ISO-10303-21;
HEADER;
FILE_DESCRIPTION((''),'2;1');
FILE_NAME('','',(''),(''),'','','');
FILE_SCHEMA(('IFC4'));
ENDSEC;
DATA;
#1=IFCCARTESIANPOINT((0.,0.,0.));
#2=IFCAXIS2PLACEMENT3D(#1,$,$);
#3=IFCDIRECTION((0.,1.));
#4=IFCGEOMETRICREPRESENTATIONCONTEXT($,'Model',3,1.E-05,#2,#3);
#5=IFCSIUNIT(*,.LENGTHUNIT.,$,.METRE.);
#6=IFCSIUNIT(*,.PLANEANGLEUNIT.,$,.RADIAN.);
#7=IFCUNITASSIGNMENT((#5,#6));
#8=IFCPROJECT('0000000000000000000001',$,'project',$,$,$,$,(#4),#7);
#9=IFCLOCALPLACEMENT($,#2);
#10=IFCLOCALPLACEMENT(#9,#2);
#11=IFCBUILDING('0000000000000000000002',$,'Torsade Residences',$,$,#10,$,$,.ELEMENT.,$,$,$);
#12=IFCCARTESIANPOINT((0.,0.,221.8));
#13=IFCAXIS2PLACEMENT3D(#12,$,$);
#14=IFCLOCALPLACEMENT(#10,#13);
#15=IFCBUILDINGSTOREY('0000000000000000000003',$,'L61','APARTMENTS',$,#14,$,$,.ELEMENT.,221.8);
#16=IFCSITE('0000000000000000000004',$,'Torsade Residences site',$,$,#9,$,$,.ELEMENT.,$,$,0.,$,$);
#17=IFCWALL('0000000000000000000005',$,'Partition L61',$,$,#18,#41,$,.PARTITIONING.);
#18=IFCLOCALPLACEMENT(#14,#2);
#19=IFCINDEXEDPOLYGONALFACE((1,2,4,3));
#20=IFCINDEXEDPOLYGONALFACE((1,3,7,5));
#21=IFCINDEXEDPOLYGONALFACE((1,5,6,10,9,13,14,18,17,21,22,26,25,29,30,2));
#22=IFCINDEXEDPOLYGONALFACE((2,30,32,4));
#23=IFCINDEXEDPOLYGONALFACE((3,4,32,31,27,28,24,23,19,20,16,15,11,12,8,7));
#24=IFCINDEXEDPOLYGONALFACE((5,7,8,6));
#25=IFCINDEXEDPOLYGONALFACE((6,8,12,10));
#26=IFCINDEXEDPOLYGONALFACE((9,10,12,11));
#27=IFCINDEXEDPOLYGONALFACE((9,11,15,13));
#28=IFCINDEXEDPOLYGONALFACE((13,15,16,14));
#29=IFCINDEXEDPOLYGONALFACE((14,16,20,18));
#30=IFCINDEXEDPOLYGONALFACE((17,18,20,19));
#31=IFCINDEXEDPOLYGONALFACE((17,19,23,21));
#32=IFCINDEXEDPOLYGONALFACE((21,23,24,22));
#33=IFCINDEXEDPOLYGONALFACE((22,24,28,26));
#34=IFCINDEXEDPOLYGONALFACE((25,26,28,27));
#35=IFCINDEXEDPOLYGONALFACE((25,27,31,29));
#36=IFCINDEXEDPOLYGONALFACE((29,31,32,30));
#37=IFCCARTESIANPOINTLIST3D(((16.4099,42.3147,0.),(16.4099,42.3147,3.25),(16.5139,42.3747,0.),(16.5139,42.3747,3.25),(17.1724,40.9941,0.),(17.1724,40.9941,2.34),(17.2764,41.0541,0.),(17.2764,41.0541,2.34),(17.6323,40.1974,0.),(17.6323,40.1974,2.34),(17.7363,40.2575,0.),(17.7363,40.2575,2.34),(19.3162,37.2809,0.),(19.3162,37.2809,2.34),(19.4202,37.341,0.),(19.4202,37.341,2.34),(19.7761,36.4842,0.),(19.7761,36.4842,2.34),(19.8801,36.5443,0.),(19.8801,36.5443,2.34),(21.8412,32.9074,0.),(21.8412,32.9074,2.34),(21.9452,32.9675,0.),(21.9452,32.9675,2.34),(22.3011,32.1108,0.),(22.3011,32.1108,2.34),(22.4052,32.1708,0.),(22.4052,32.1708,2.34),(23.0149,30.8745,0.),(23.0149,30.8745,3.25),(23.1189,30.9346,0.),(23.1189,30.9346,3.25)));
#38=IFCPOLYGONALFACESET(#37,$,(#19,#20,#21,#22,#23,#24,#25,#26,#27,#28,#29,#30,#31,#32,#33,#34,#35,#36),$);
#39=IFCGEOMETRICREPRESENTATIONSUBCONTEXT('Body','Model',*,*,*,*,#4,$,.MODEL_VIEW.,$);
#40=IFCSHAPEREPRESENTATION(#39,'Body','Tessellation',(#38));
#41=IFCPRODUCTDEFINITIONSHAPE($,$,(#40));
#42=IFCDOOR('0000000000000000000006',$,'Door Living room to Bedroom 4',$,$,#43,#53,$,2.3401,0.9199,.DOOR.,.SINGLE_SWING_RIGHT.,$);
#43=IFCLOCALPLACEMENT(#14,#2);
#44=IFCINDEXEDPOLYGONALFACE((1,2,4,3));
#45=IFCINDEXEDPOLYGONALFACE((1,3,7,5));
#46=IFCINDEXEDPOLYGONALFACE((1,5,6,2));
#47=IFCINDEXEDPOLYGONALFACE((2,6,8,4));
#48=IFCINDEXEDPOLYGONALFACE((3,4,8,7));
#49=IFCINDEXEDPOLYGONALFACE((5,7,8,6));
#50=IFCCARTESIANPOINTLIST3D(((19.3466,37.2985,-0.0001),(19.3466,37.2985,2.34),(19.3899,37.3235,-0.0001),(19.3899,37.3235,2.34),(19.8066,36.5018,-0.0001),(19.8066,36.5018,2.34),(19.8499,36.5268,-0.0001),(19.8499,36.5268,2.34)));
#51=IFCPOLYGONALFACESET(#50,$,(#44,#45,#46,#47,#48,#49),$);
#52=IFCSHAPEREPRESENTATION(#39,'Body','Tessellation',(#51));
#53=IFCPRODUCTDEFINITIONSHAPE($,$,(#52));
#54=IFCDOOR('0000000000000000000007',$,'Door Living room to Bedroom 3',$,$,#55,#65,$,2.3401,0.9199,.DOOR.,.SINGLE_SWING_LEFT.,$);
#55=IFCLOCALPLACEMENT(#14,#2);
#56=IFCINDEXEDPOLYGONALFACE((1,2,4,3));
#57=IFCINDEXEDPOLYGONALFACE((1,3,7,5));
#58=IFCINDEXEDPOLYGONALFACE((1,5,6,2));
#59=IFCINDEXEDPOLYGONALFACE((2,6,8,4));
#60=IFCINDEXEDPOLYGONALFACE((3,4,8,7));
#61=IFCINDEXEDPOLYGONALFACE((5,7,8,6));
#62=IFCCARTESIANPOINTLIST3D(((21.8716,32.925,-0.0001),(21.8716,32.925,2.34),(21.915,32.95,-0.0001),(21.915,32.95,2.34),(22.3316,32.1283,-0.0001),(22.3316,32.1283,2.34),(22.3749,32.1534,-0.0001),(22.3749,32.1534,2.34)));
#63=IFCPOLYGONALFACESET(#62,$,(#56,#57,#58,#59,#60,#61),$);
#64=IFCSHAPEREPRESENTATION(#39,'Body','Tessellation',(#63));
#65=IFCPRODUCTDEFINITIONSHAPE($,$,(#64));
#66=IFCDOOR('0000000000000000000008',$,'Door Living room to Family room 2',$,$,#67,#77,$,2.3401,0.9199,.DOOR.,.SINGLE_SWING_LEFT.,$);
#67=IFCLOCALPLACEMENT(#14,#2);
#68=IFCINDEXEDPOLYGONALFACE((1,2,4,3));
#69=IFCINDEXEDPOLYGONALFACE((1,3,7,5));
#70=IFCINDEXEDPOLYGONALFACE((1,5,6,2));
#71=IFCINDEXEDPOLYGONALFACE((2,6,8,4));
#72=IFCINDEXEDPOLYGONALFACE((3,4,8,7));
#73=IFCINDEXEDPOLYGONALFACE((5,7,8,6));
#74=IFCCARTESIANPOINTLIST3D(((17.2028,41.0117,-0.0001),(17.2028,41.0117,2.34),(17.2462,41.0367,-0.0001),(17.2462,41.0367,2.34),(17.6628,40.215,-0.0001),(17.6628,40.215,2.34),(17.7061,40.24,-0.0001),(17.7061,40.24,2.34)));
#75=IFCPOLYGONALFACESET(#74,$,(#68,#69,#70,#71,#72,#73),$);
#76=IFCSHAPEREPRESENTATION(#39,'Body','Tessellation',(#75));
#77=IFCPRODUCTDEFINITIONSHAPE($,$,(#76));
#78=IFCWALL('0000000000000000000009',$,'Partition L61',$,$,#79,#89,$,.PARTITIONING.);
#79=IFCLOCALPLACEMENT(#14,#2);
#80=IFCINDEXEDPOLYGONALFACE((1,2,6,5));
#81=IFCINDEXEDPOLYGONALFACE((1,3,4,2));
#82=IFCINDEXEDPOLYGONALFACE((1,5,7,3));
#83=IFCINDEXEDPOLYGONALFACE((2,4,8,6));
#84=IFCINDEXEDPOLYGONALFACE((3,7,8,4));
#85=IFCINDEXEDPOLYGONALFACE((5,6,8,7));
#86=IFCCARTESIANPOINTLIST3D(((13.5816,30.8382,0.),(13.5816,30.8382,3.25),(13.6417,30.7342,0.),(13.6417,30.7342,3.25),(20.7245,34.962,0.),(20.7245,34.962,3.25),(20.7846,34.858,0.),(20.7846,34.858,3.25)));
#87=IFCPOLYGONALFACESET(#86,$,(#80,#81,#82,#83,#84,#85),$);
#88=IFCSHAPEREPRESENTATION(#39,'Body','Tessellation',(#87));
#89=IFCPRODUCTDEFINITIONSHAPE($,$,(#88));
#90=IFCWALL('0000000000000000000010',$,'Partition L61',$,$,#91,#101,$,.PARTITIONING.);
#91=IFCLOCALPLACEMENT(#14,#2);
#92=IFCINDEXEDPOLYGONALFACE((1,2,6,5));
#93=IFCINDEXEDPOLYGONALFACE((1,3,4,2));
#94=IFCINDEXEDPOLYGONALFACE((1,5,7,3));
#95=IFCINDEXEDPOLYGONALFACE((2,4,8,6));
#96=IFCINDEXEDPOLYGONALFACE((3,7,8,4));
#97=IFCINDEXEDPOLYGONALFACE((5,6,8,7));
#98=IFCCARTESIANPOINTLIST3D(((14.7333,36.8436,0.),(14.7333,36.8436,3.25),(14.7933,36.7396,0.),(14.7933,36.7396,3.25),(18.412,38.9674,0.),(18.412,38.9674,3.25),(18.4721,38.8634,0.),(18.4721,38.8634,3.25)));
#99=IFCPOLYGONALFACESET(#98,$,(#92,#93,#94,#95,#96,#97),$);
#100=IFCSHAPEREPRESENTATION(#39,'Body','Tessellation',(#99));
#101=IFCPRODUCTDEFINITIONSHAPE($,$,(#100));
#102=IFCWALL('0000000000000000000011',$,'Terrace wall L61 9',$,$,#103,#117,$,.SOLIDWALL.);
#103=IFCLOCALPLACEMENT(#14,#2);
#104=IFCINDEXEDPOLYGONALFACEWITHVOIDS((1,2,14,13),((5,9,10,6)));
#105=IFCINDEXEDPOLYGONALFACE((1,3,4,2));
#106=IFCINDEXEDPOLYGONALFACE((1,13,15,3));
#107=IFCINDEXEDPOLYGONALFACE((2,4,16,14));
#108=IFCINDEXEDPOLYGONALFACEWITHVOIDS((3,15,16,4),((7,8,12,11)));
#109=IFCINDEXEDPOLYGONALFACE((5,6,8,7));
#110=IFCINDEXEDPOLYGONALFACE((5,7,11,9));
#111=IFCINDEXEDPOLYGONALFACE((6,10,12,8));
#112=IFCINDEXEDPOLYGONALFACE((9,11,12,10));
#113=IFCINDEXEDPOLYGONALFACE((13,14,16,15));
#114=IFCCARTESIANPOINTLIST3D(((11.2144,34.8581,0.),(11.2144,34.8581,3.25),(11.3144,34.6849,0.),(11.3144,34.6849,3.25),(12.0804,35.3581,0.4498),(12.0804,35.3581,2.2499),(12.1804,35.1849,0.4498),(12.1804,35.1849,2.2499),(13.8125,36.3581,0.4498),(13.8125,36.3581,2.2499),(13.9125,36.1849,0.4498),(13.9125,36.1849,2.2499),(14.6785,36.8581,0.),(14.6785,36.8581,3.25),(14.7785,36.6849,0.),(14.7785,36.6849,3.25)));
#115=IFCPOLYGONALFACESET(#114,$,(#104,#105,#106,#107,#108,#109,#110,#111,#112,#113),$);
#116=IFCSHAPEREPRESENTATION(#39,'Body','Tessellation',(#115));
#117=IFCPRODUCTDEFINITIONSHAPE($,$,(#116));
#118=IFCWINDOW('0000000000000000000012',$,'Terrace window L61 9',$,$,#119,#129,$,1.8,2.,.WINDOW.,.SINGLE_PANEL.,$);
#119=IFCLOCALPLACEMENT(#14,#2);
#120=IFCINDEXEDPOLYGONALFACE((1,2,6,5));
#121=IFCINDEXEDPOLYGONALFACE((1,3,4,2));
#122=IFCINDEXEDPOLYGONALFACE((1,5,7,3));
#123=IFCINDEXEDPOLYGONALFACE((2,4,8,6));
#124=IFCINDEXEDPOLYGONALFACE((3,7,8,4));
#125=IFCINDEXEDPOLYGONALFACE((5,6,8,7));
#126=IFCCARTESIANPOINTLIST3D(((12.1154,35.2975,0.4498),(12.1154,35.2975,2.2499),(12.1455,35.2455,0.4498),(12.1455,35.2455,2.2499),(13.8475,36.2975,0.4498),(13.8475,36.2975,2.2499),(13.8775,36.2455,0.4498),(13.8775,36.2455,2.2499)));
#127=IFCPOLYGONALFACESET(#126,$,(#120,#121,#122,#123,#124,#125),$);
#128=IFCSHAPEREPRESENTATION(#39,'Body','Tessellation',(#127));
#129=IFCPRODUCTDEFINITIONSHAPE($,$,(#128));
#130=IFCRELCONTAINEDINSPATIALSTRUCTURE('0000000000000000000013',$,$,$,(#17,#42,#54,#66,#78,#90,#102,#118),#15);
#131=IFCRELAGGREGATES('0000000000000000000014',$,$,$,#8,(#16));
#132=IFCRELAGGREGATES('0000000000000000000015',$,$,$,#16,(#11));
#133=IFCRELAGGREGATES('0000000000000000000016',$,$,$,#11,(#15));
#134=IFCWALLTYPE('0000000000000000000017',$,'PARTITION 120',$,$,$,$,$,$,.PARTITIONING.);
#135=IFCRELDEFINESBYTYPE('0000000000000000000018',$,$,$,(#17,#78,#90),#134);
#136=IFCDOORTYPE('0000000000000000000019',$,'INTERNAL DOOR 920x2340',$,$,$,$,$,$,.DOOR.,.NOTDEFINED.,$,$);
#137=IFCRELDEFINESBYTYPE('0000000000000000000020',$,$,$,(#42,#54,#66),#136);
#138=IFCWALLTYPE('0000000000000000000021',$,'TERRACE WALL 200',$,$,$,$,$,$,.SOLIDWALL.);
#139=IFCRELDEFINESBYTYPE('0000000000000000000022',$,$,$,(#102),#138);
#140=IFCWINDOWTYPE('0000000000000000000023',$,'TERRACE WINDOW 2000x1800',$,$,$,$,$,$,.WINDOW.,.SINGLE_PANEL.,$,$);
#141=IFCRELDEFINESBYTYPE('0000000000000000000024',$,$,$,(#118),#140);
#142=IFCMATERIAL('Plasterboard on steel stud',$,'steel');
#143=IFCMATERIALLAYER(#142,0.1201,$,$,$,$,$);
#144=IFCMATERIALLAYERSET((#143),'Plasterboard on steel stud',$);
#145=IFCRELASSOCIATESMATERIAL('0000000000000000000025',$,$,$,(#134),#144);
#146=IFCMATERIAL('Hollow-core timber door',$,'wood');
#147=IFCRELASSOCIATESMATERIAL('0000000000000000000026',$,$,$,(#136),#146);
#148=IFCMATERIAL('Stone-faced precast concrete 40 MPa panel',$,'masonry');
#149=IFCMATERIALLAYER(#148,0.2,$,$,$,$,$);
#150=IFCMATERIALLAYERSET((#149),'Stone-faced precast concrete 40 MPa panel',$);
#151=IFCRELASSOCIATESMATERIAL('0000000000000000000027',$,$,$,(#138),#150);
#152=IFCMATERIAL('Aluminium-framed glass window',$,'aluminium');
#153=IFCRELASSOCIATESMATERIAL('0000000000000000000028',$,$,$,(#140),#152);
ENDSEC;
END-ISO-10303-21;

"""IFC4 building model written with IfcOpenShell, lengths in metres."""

from ifc_helpers import new_model, si_unit, direction, frame, frame_2d, origin, place, context, subcontext, project, spatial, rectangle, extrude, material, layer, layer_set, type_object, element, fill, save


model = new_model("IFC4")

# Units and contexts
model_context = context("Model", 3, precision=1e-05, world=origin(), true_north=direction((0.0, 1.0)))
body_context = subcontext(model_context, "Body", "Model", "MODEL_VIEW")
ifc_project = project(units=[si_unit("LENGTHUNIT", "METRE"), si_unit("PLANEANGLEUNIT", "RADIAN")], contexts=[model_context])

# Site, building, storey
site_placement = place(None, origin())
site = spatial("IfcSite", under=ifc_project, at=site_placement, Name="Torsade Residences site", CompositionType="ELEMENT", RefElevation=0.0)
building_placement = place(site_placement, origin())
building = spatial("IfcBuilding", under=site, at=building_placement, Name="Torsade Residences", CompositionType="ELEMENT")
storey_placement = place(building_placement, frame((0.0, 0.0, 221.8)))
storey = spatial("IfcBuildingStorey", under=building, at=storey_placement, Name="L61", Description="APARTMENTS", CompositionType="ELEMENT", Elevation=221.8)

# Wall, openings, doors
ifc_material_1 = material(Name="Plasterboard on steel stud", Category="steel")
ifc_layer_1 = layer(ifc_material_1, 0.1201)
ifc_layer_set_1 = layer_set([ifc_layer_1], Name="Plasterboard on steel stud")
wall_type_1 = type_object("IfcWallType", Name="PARTITION 120", PredefinedType="PARTITIONING", material=ifc_layer_set_1)
wall_1_placement = place(storey_placement, frame((23.0669, 30.9045, 0.0), z_axis=(0.0, 0.0, 1.0), x_axis=(-0.499999, 0.866026, 0.0)))
wall_1 = element("IfcWall", 1, at=wall_1_placement, inside=storey, type_object=wall_type_1, Name="Partition L61", PredefinedType="PARTITIONING", context=body_context, shape_type="SweptSolid", body=[
    extrude(rectangle(XDim=13.21, YDim=0.1201, at=frame_2d((6.605, 0.0))), origin(), (0.0, 0.0, 1.0), 3.25),
])
opening_1_placement = place(wall_1_placement, frame((6.4775, 0.0, 0.0)))
opening_1 = element("IfcOpeningElement", 2, at=opening_1_placement, cuts=wall_1, PredefinedType="OPENING", context=body_context, shape_type="SweptSolid", body=[
    extrude(rectangle(XDim=0.9199, YDim=2.3401, at=frame_2d((0.46, 1.1699))), frame((0.0, 0.0701, 0.0), z_axis=(0.0, -1.0, 0.0), x_axis=(1.0, 0.0, 0.0)), (0.0, 0.0, 1.0), 0.1401),
])
opening_2_placement = place(wall_1_placement, frame((1.4275, 0.0, 0.0)))
opening_2 = element("IfcOpeningElement", 3, at=opening_2_placement, cuts=wall_1, PredefinedType="OPENING", context=body_context, shape_type="SweptSolid", body=[
    extrude(rectangle(XDim=0.9199, YDim=2.3401, at=frame_2d((0.46, 1.1699))), frame((0.0, 0.0701, 0.0), z_axis=(0.0, -1.0, 0.0), x_axis=(1.0, 0.0, 0.0)), (0.0, 0.0, 1.0), 0.1401),
])
opening_3_placement = place(wall_1_placement, frame((10.7651, 0.0, 0.0)))
opening_3 = element("IfcOpeningElement", 4, at=opening_3_placement, cuts=wall_1, PredefinedType="OPENING", context=body_context, shape_type="SweptSolid", body=[
    extrude(rectangle(XDim=0.9199, YDim=2.3401, at=frame_2d((0.46, 1.1699))), frame((0.0, 0.0701, 0.0), z_axis=(0.0, -1.0, 0.0), x_axis=(1.0, 0.0, 0.0)), (0.0, 0.0, 1.0), 0.1401),
])
ifc_material_2 = material(Name="Hollow-core timber door", Category="wood")
door_type = type_object("IfcDoorType", Name="INTERNAL DOOR 920x2340", OperationType="NOTDEFINED", PredefinedType="DOOR", material=ifc_material_2)
door_1_placement = place(opening_1_placement, origin())
door_1 = element("IfcDoor", 5, at=door_1_placement, inside=storey, type_object=door_type, Name="Door Living room to Bedroom 4", OperationType="SINGLE_SWING_RIGHT", OverallHeight=2.3401, OverallWidth=0.9199, PredefinedType="DOOR", context=body_context, shape_type="SweptSolid", body=[
    extrude(rectangle(XDim=0.9199, YDim=2.3401, at=frame_2d((0.46, 1.1699))), frame((0.0, 0.0249, 0.0), z_axis=(0.0, -1.0, 0.0), x_axis=(1.0, 0.0, 0.0)), (0.0, 0.0, 1.0), 0.05),
])
fill(opening_1, door_1)
door_2_placement = place(opening_2_placement, origin())
door_2 = element("IfcDoor", 6, at=door_2_placement, inside=storey, type_object=door_type, Name="Door Living room to Bedroom 3", OperationType="SINGLE_SWING_LEFT", OverallHeight=2.3401, OverallWidth=0.9199, PredefinedType="DOOR", context=body_context, shape_type="SweptSolid", body=[
    extrude(rectangle(XDim=0.9199, YDim=2.3401, at=frame_2d((0.46, 1.1699))), frame((0.0, 0.0249, 0.0), z_axis=(0.0, -1.0, 0.0), x_axis=(1.0, 0.0, 0.0)), (0.0, 0.0, 1.0), 0.05),
])
fill(opening_2, door_2)
door_3_placement = place(opening_3_placement, origin())
door_3 = element("IfcDoor", 7, at=door_3_placement, inside=storey, type_object=door_type, Name="Door Living room to Family room 2", OperationType="SINGLE_SWING_LEFT", OverallHeight=2.3401, OverallWidth=0.9199, PredefinedType="DOOR", context=body_context, shape_type="SweptSolid", body=[
    extrude(rectangle(XDim=0.9199, YDim=2.3401, at=frame_2d((0.46, 1.1699))), frame((0.0, 0.0249, 0.0), z_axis=(0.0, -1.0, 0.0), x_axis=(1.0, 0.0, 0.0)), (0.0, 0.0, 1.0), 0.05),
])
fill(opening_3, door_3)

# Walls
wall_2_placement = place(storey_placement, frame((13.6116, 30.7861, 0.0), z_axis=(0.0, 0.0, 1.0), x_axis=(0.866032, 0.499988, 0.0)))
element("IfcWall", 8, at=wall_2_placement, inside=storey, type_object=wall_type_1, Name="Partition L61", PredefinedType="PARTITIONING", context=body_context, shape_type="SweptSolid", body=[
    extrude(rectangle(XDim=8.2478, YDim=0.1201, at=frame_2d((4.124, 0.0))), origin(), (0.0, 0.0, 1.0), 3.25),
])
wall_3_placement = place(storey_placement, frame((14.7632, 36.7915, 0.0), z_axis=(0.0, 0.0, 1.0), x_axis=(0.866038, 0.499978, 0.0)))
element("IfcWall", 9, at=wall_3_placement, inside=storey, type_object=wall_type_1, Name="Partition L61", PredefinedType="PARTITIONING", context=body_context, shape_type="SweptSolid", body=[
    extrude(rectangle(XDim=4.2478, YDim=0.1201, at=frame_2d((2.124, 0.0))), origin(), (0.0, 0.0, 1.0), 3.25),
])

# Wall, opening, window
ifc_material_3 = material(Name="Stone-faced precast concrete 40 MPa panel", Category="masonry")
ifc_layer_2 = layer(ifc_material_3, 0.2)
ifc_layer_set_2 = layer_set([ifc_layer_2], Name="Stone-faced precast concrete 40 MPa panel")
wall_type_2 = type_object("IfcWallType", Name="TERRACE WALL 200", PredefinedType="SOLIDWALL", material=ifc_layer_set_2)
wall_4_placement = place(storey_placement, frame((14.7285, 36.7715, 0.0), z_axis=(0.0, 0.0, 1.0), x_axis=(-0.866026, -0.499999, 0.0)))
wall_4 = element("IfcWall", 10, at=wall_4_placement, inside=storey, type_object=wall_type_2, Name="Terrace wall L61 9", PredefinedType="SOLIDWALL", context=body_context, shape_type="SweptSolid", body=[
    extrude(rectangle(XDim=4.0, YDim=0.2, at=frame_2d((2.0, 0.0))), origin(), (0.0, 0.0, 1.0), 3.25),
])
opening_4_placement = place(wall_4_placement, frame((1.0, 0.0, 0.45)))
opening_4 = element("IfcOpeningElement", 11, at=opening_4_placement, cuts=wall_4, PredefinedType="OPENING", context=body_context, shape_type="SweptSolid", body=[
    extrude(rectangle(XDim=2.0, YDim=1.8, at=frame_2d((1.0, 0.8999))), frame((0.0, 0.1099, 0.0), z_axis=(0.0, -1.0, 0.0), x_axis=(1.0, 0.0, 0.0)), (0.0, 0.0, 1.0), 0.22),
])
ifc_material_4 = material(Name="Aluminium-framed glass window", Category="aluminium")
window_type = type_object("IfcWindowType", Name="TERRACE WINDOW 2000x1800", PartitioningType="SINGLE_PANEL", PredefinedType="WINDOW", material=ifc_material_4)
window_placement = place(opening_4_placement, origin())
window = element("IfcWindow", 12, at=window_placement, inside=storey, type_object=window_type, Name="Terrace window L61 9", OverallHeight=1.8, OverallWidth=2.0, PartitioningType="SINGLE_PANEL", PredefinedType="WINDOW", context=body_context, shape_type="SweptSolid", body=[
    extrude(rectangle(XDim=2.0, YDim=1.8, at=frame_2d((1.0, 0.8999))), frame((0.0, 0.03, 0.0), z_axis=(0.0, -1.0, 0.0), x_axis=(1.0, 0.0, 0.0)), (0.0, 0.0, 1.0), 0.0601),
])
fill(opening_4, window)

save(model, "model.ifc")
